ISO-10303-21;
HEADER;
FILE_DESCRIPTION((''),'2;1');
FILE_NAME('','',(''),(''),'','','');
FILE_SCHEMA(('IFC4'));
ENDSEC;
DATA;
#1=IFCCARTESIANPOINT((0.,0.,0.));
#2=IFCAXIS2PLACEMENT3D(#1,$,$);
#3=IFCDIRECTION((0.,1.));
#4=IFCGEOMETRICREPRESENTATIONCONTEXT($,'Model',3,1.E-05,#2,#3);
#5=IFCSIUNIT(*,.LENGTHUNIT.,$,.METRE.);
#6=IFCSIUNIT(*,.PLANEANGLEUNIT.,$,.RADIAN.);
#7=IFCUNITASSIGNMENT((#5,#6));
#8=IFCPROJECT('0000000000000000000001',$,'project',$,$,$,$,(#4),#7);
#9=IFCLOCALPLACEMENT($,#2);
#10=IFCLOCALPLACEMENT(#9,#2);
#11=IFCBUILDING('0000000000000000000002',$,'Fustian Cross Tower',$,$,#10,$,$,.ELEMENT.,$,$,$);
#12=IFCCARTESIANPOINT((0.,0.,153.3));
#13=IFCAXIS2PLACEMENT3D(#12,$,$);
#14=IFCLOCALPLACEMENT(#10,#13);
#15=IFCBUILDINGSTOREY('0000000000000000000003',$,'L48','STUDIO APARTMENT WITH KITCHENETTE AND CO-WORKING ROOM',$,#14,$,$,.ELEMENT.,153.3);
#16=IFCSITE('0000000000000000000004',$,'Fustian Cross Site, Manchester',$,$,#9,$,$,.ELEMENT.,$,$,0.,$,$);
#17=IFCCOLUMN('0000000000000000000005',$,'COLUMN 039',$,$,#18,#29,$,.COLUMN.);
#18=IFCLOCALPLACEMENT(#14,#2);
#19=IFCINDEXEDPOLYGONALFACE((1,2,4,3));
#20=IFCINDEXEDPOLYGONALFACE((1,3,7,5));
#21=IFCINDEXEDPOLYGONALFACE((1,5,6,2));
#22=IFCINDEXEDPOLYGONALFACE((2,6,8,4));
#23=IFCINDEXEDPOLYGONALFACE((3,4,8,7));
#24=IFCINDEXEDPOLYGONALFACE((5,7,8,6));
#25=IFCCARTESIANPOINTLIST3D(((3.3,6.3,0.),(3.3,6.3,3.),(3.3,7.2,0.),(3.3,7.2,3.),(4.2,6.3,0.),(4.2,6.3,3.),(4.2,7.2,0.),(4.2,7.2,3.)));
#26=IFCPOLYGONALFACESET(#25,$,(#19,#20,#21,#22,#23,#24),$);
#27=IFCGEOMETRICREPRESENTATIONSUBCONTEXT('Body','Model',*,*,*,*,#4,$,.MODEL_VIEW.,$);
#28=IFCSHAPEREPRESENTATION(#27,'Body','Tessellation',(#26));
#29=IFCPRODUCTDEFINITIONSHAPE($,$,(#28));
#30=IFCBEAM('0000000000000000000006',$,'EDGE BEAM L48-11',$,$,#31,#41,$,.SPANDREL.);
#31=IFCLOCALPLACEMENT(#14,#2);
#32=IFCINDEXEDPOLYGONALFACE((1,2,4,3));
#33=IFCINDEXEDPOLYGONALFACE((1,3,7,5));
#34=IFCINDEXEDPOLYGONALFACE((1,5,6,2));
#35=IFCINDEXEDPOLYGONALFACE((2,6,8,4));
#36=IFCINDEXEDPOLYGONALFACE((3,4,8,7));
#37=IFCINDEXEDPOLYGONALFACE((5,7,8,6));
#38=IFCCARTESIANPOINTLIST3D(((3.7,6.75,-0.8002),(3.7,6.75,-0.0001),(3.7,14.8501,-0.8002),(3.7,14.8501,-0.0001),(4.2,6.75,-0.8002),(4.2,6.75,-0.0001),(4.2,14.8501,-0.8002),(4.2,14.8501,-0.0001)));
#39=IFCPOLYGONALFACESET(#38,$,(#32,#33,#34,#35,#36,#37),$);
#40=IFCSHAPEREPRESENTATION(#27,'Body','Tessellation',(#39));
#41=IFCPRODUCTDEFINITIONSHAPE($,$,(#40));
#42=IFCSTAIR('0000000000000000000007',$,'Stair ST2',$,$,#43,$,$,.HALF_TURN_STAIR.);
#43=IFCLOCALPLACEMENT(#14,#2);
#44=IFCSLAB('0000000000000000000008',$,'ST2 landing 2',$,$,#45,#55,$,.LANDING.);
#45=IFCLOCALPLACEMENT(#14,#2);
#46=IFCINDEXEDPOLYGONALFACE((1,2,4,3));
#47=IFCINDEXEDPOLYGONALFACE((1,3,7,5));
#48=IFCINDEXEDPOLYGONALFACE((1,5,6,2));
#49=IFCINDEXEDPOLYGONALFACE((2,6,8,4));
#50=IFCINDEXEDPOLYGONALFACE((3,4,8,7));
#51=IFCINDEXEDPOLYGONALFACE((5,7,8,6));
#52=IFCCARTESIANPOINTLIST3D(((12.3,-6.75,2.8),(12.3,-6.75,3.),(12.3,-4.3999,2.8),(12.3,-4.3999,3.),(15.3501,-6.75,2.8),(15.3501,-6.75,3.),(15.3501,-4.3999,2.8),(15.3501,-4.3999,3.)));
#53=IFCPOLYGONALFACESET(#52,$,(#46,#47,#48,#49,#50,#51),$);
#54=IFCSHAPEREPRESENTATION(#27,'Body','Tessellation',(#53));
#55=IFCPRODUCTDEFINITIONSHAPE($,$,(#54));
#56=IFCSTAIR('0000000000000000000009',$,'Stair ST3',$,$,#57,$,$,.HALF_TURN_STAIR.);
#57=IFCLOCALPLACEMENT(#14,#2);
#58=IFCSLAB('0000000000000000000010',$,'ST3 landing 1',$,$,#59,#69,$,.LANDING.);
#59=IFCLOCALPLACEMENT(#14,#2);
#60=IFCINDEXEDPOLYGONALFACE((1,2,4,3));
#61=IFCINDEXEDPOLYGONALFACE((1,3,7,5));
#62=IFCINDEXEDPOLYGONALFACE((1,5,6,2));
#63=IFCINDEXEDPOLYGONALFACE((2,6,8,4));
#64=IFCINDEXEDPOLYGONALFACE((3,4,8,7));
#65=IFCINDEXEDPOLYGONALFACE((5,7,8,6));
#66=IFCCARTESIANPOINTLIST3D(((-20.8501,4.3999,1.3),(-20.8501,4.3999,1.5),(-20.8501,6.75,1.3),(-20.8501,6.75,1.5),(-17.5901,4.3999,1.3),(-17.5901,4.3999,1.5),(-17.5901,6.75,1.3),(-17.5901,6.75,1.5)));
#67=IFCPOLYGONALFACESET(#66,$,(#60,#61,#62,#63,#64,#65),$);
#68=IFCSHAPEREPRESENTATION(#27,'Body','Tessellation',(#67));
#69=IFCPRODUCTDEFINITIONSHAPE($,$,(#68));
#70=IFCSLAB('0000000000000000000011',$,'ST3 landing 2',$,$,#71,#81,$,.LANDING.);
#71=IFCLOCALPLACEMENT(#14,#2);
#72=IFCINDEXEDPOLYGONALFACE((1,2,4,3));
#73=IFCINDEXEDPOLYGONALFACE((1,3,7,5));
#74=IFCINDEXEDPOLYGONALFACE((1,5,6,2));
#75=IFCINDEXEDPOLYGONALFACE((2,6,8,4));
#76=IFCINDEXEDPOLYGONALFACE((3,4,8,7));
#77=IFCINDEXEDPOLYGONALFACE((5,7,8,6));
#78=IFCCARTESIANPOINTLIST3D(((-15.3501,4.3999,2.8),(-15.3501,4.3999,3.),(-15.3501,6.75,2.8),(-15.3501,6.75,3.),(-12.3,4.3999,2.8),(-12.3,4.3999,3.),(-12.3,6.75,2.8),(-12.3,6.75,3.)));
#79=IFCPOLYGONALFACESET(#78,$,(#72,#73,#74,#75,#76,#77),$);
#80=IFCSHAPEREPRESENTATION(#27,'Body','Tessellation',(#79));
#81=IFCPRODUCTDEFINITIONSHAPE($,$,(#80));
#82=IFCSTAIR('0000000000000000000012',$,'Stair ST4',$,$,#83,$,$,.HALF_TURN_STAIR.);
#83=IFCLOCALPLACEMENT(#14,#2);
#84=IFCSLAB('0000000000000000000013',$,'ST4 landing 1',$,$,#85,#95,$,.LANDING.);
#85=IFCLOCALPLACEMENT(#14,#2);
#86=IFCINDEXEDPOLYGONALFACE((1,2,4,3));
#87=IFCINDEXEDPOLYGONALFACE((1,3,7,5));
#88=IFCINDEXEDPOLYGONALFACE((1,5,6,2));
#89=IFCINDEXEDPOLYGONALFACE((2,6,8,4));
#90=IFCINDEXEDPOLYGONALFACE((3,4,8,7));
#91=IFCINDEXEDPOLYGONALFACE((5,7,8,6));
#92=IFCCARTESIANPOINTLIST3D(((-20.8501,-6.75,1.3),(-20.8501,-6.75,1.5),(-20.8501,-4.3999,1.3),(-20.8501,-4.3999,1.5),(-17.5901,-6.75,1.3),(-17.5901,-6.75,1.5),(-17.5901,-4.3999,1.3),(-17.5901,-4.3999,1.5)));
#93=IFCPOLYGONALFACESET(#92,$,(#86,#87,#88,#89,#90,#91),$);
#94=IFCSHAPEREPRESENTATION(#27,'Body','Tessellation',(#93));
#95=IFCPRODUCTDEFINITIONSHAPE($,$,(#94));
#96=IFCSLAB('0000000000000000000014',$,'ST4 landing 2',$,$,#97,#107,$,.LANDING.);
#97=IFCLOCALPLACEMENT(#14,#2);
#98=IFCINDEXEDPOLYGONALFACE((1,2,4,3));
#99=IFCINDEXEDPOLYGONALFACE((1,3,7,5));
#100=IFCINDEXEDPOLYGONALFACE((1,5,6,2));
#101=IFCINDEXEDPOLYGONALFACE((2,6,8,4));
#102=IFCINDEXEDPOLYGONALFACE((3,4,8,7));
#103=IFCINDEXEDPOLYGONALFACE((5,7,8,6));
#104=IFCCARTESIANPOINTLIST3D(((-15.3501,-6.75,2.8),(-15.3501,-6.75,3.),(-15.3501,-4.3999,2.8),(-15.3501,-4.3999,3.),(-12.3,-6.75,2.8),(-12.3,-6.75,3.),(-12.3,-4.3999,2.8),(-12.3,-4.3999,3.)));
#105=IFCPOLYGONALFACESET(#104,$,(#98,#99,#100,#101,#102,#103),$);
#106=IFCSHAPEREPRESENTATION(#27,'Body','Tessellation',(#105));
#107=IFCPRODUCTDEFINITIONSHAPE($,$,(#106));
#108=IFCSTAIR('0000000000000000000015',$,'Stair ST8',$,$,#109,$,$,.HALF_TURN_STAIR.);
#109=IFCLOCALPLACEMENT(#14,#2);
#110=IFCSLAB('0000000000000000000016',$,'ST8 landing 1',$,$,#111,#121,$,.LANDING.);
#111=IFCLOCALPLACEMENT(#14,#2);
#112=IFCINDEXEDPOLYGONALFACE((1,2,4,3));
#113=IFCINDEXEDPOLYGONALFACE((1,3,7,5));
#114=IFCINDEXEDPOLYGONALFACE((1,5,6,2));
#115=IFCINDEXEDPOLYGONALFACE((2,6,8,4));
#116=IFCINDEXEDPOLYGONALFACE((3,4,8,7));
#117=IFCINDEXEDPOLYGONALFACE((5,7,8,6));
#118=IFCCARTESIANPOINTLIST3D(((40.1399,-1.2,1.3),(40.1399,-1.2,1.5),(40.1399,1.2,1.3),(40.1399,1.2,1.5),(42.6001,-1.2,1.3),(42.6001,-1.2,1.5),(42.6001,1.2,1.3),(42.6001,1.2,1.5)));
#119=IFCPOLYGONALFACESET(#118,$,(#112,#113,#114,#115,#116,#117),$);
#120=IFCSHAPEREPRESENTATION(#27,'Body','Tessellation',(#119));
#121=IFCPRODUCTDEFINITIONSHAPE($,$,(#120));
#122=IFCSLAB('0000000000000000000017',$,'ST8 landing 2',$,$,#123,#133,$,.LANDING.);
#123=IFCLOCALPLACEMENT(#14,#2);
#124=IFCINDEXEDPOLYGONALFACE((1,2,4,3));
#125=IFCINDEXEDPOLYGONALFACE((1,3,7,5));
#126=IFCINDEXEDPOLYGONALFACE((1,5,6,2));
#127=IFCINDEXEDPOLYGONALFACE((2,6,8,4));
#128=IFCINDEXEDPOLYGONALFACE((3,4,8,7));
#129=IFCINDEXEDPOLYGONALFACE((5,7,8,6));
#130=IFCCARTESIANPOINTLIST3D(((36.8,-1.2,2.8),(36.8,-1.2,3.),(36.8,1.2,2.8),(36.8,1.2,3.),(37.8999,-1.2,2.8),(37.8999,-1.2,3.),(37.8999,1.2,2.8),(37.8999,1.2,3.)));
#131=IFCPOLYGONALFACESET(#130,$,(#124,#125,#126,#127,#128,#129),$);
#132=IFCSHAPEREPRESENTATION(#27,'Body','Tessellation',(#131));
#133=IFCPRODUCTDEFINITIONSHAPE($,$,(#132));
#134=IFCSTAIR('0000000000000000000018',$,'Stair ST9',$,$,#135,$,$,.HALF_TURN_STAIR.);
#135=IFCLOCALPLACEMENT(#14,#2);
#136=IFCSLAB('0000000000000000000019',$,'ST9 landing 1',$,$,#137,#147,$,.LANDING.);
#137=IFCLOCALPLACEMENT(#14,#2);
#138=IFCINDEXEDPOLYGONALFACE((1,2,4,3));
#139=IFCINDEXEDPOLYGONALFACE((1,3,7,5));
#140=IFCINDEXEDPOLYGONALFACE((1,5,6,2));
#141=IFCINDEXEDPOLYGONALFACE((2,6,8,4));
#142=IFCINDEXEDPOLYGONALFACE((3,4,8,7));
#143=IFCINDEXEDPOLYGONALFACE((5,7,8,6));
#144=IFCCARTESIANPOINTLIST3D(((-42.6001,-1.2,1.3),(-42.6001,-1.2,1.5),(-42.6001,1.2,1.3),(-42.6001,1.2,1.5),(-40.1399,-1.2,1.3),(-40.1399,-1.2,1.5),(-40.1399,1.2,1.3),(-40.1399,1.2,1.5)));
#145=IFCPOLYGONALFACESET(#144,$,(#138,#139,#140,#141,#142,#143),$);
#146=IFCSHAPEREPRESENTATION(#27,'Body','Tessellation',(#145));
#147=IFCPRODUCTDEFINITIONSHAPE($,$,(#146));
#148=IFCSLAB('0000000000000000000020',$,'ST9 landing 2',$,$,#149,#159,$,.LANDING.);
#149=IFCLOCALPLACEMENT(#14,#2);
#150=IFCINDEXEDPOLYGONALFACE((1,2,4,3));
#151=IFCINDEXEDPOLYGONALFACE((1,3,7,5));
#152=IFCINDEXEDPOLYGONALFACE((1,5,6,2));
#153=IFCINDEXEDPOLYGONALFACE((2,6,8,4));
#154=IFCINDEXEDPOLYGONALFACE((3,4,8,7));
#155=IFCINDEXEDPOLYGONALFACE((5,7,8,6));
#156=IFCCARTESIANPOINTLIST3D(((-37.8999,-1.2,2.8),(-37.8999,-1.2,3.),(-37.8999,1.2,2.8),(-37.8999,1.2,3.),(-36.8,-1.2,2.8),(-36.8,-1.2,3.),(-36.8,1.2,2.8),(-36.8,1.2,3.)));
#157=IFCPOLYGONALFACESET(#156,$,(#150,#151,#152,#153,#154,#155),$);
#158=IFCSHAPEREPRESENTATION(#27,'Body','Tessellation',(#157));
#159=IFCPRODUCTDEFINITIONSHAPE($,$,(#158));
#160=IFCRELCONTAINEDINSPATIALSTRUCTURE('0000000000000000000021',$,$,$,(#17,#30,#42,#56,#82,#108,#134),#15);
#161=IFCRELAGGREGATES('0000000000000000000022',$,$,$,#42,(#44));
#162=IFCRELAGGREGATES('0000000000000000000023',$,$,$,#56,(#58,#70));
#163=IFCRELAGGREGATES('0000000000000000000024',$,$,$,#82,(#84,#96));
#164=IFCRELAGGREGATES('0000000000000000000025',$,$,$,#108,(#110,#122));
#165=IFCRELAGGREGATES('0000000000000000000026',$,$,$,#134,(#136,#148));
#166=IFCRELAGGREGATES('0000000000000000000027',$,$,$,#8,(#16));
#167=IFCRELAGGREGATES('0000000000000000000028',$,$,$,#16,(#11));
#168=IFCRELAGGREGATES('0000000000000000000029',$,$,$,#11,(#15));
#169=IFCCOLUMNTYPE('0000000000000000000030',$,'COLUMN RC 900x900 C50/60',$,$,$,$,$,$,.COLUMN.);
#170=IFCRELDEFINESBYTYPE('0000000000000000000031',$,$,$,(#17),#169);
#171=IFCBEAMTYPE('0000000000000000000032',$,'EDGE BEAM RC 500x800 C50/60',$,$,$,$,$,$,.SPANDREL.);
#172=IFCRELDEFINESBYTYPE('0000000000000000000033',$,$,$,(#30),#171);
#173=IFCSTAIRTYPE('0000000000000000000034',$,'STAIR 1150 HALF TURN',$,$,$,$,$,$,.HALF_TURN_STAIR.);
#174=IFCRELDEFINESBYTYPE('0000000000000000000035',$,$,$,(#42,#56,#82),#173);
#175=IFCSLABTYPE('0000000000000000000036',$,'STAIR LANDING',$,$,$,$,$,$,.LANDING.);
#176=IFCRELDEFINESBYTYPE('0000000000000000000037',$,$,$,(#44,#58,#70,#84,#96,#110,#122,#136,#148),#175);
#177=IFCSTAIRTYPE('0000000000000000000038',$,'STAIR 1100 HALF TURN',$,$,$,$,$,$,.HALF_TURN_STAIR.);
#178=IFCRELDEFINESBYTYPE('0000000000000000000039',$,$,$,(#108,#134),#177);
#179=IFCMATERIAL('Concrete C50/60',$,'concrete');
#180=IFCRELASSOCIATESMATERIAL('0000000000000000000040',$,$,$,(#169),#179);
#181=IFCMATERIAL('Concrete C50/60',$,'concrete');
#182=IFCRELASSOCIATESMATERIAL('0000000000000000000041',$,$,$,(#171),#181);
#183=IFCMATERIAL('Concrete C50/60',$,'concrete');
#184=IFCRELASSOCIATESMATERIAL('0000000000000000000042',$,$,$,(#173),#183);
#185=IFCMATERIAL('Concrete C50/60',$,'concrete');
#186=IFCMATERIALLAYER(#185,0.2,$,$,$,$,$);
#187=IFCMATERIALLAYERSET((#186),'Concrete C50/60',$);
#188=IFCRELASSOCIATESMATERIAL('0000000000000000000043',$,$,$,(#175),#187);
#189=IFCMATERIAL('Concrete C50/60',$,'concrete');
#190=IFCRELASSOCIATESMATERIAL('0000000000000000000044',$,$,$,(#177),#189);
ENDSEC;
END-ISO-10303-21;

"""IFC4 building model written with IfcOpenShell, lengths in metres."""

from ifc_helpers import new_model, si_unit, direction, frame, origin, origin_2d, place, context, subcontext, project, spatial, polyline, rectangle, outline, extrude, material, layer, layer_set, material_profile, profile_set, type_object, element, aggregate, save


model = new_model("IFC4")

# Units and contexts
model_context = context("Model", 3, precision=1e-05, world=origin(), true_north=direction((0.0, 1.0)))
body_context = subcontext(model_context, "Body", "Model", "MODEL_VIEW")
ifc_project = project(units=[si_unit("LENGTHUNIT", "METRE"), si_unit("PLANEANGLEUNIT", "RADIAN")], contexts=[model_context])

# Site, building, storey
site_placement = place(None, origin())
site = spatial("IfcSite", under=ifc_project, at=site_placement, Name="Fustian Cross Site, Manchester", CompositionType="ELEMENT", RefElevation=0.0)
building_placement = place(site_placement, origin())
building = spatial("IfcBuilding", under=site, at=building_placement, Name="Fustian Cross Tower", CompositionType="ELEMENT")
storey_placement = place(building_placement, frame((0.0, 0.0, 153.3)))
storey = spatial("IfcBuildingStorey", under=building, at=storey_placement, Name="L48", Description="STUDIO APARTMENT WITH KITCHENETTE AND CO-WORKING ROOM", CompositionType="ELEMENT", Elevation=153.3)

# Column
ifc_material_1 = material(Name="Concrete C50/60", Category="concrete")
ifc_material_profile_1 = material_profile(ifc_material_1, rectangle(XDim=0.8999, YDim=0.8999, at=origin_2d()), Name="RC 900x900")
ifc_profile_set_1 = profile_set([ifc_material_profile_1], Name="Concrete C50/60")
column_type = type_object("IfcColumnType", Name="COLUMN RC 900x900 C50/60", PredefinedType="COLUMN", material=ifc_profile_set_1)
column_placement = place(storey_placement, frame((3.75, 6.75, 0.0), z_axis=(0.0, 0.0, 1.0), x_axis=(1.0, 0.0, 0.0)))
element("IfcColumn", 1, at=column_placement, inside=storey, type_object=column_type, Name="COLUMN 039", PredefinedType="COLUMN", context=body_context, shape_type="SweptSolid", body=[
    extrude(rectangle(XDim=0.8999, YDim=0.8999, at=origin_2d()), origin(), (0.0, 0.0, 1.0), 3.0),
])

# Beam
ifc_material_2 = material(Name="Concrete C50/60", Category="concrete")
ifc_material_profile_2 = material_profile(ifc_material_2, rectangle(XDim=0.5, YDim=0.8, at=origin_2d()), Name="RC 500x800")
ifc_profile_set_2 = profile_set([ifc_material_profile_2], Name="Concrete C50/60")
beam_type = type_object("IfcBeamType", Name="EDGE BEAM RC 500x800 C50/60", PredefinedType="SPANDREL", material=ifc_profile_set_2)
beam_placement = place(storey_placement, frame((3.95, 6.75, -0.4001), z_axis=(0.0, 1.0, 0.0), x_axis=(-1.0, 0.0, 0.0)))
element("IfcBeam", 2, at=beam_placement, inside=storey, type_object=beam_type, Name="EDGE BEAM L48-11", PredefinedType="SPANDREL", context=body_context, shape_type="SweptSolid", body=[
    extrude(rectangle(XDim=0.5, YDim=0.8, at=origin_2d()), origin(), (0.0, 0.0, 1.0), 8.1001),
])

# Stair, slab
ifc_material_3 = material(Name="Concrete C50/60", Category="concrete")
stair_type_1 = type_object("IfcStairType", Name="STAIR 1150 HALF TURN", PredefinedType="HALF_TURN_STAIR", material=ifc_material_3)
stair_1_placement = place(storey_placement, origin())
stair_1 = element("IfcStair", 3, at=stair_1_placement, inside=storey, type_object=stair_type_1, Name="Stair ST2", PredefinedType="HALF_TURN_STAIR")
ifc_material_4 = material(Name="Concrete C50/60", Category="concrete")
ifc_layer_1 = layer(ifc_material_4, 0.2)
ifc_layer_set_1 = layer_set([ifc_layer_1], Name="Concrete C50/60")
slab_type = type_object("IfcSlabType", Name="STAIR LANDING", PredefinedType="LANDING", material=ifc_layer_set_1)
slab_1_placement = place(storey_placement, frame((0.0, 0.0, 2.8)))
slab_1 = element("IfcSlab", 4, at=slab_1_placement, type_object=slab_type, Name="ST2 landing 2", PredefinedType="LANDING", context=body_context, shape_type="SweptSolid", body=[
    extrude(outline(polyline([(12.3, -4.3999), (15.3501, -4.3999), (15.3501, -6.75), (12.3, -6.75), (12.3, -4.3999)])), origin(), (0.0, 0.0, 1.0), 0.2),
])
aggregate(stair_1, [slab_1])

# Stairs, slabs
stair_2_placement = place(storey_placement, origin())
stair_2 = element("IfcStair", 5, at=stair_2_placement, inside=storey, type_object=stair_type_1, Name="Stair ST3", PredefinedType="HALF_TURN_STAIR")
slab_2_placement = place(storey_placement, frame((0.0, 0.0, 1.3)))
slab_2 = element("IfcSlab", 6, at=slab_2_placement, type_object=slab_type, Name="ST3 landing 1", PredefinedType="LANDING", context=body_context, shape_type="SweptSolid", body=[
    extrude(outline(polyline([(-17.5901, 4.3999), (-20.8501, 4.3999), (-20.8501, 6.75), (-17.5901, 6.75), (-17.5901, 4.3999)])), origin(), (0.0, 0.0, 1.0), 0.2),
])
slab_3_placement = place(storey_placement, frame((0.0, 0.0, 2.8)))
slab_3 = element("IfcSlab", 7, at=slab_3_placement, type_object=slab_type, Name="ST3 landing 2", PredefinedType="LANDING", context=body_context, shape_type="SweptSolid", body=[
    extrude(outline(polyline([(-12.3, 4.3999), (-15.3501, 4.3999), (-15.3501, 6.75), (-12.3, 6.75), (-12.3, 4.3999)])), origin(), (0.0, 0.0, 1.0), 0.2),
])
aggregate(stair_2, [slab_2, slab_3])
stair_3_placement = place(storey_placement, origin())
stair_3 = element("IfcStair", 8, at=stair_3_placement, inside=storey, type_object=stair_type_1, Name="Stair ST4", PredefinedType="HALF_TURN_STAIR")
slab_4_placement = place(storey_placement, frame((0.0, 0.0, 1.3)))
slab_4 = element("IfcSlab", 9, at=slab_4_placement, type_object=slab_type, Name="ST4 landing 1", PredefinedType="LANDING", context=body_context, shape_type="SweptSolid", body=[
    extrude(outline(polyline([(-17.5901, -4.3999), (-20.8501, -4.3999), (-20.8501, -6.75), (-17.5901, -6.75), (-17.5901, -4.3999)])), origin(), (0.0, 0.0, 1.0), 0.2),
])
slab_5_placement = place(storey_placement, frame((0.0, 0.0, 2.8)))
slab_5 = element("IfcSlab", 10, at=slab_5_placement, type_object=slab_type, Name="ST4 landing 2", PredefinedType="LANDING", context=body_context, shape_type="SweptSolid", body=[
    extrude(outline(polyline([(-12.3, -4.3999), (-15.3501, -4.3999), (-15.3501, -6.75), (-12.3, -6.75), (-12.3, -4.3999)])), origin(), (0.0, 0.0, 1.0), 0.2),
])
aggregate(stair_3, [slab_4, slab_5])
ifc_material_5 = material(Name="Concrete C50/60", Category="concrete")
stair_type_2 = type_object("IfcStairType", Name="STAIR 1100 HALF TURN", PredefinedType="HALF_TURN_STAIR", material=ifc_material_5)
stair_4_placement = place(storey_placement, origin())
stair_4 = element("IfcStair", 11, at=stair_4_placement, inside=storey, type_object=stair_type_2, Name="Stair ST8", PredefinedType="HALF_TURN_STAIR")
slab_6_placement = place(storey_placement, frame((0.0, 0.0, 1.3)))
slab_6 = element("IfcSlab", 12, at=slab_6_placement, type_object=slab_type, Name="ST8 landing 1", PredefinedType="LANDING", context=body_context, shape_type="SweptSolid", body=[
    extrude(outline(polyline([(40.1399, -1.2), (42.6001, -1.2), (42.6001, 1.2), (40.1399, 1.2), (40.1399, -1.2)])), origin(), (0.0, 0.0, 1.0), 0.2),
])
slab_7_placement = place(storey_placement, frame((0.0, 0.0, 2.8)))
slab_7 = element("IfcSlab", 13, at=slab_7_placement, type_object=slab_type, Name="ST8 landing 2", PredefinedType="LANDING", context=body_context, shape_type="SweptSolid", body=[
    extrude(outline(polyline([(36.8, -1.2), (37.8999, -1.2), (37.8999, 1.2), (36.8, 1.2), (36.8, -1.2)])), origin(), (0.0, 0.0, 1.0), 0.2),
])
aggregate(stair_4, [slab_6, slab_7])
stair_5_placement = place(storey_placement, origin())
stair_5 = element("IfcStair", 14, at=stair_5_placement, inside=storey, type_object=stair_type_2, Name="Stair ST9", PredefinedType="HALF_TURN_STAIR")
slab_8_placement = place(storey_placement, frame((0.0, 0.0, 1.3)))
slab_8 = element("IfcSlab", 15, at=slab_8_placement, type_object=slab_type, Name="ST9 landing 1", PredefinedType="LANDING", context=body_context, shape_type="SweptSolid", body=[
    extrude(outline(polyline([(-40.1399, -1.2), (-42.6001, -1.2), (-42.6001, 1.2), (-40.1399, 1.2), (-40.1399, -1.2)])), origin(), (0.0, 0.0, 1.0), 0.2),
])
slab_9_placement = place(storey_placement, frame((0.0, 0.0, 2.8)))
slab_9 = element("IfcSlab", 16, at=slab_9_placement, type_object=slab_type, Name="ST9 landing 2", PredefinedType="LANDING", context=body_context, shape_type="SweptSolid", body=[
    extrude(outline(polyline([(-36.8, -1.2), (-37.8999, -1.2), (-37.8999, 1.2), (-36.8, 1.2), (-36.8, -1.2)])), origin(), (0.0, 0.0, 1.0), 0.2),
])
aggregate(stair_5, [slab_8, slab_9])

save(model, "model.ifc")
